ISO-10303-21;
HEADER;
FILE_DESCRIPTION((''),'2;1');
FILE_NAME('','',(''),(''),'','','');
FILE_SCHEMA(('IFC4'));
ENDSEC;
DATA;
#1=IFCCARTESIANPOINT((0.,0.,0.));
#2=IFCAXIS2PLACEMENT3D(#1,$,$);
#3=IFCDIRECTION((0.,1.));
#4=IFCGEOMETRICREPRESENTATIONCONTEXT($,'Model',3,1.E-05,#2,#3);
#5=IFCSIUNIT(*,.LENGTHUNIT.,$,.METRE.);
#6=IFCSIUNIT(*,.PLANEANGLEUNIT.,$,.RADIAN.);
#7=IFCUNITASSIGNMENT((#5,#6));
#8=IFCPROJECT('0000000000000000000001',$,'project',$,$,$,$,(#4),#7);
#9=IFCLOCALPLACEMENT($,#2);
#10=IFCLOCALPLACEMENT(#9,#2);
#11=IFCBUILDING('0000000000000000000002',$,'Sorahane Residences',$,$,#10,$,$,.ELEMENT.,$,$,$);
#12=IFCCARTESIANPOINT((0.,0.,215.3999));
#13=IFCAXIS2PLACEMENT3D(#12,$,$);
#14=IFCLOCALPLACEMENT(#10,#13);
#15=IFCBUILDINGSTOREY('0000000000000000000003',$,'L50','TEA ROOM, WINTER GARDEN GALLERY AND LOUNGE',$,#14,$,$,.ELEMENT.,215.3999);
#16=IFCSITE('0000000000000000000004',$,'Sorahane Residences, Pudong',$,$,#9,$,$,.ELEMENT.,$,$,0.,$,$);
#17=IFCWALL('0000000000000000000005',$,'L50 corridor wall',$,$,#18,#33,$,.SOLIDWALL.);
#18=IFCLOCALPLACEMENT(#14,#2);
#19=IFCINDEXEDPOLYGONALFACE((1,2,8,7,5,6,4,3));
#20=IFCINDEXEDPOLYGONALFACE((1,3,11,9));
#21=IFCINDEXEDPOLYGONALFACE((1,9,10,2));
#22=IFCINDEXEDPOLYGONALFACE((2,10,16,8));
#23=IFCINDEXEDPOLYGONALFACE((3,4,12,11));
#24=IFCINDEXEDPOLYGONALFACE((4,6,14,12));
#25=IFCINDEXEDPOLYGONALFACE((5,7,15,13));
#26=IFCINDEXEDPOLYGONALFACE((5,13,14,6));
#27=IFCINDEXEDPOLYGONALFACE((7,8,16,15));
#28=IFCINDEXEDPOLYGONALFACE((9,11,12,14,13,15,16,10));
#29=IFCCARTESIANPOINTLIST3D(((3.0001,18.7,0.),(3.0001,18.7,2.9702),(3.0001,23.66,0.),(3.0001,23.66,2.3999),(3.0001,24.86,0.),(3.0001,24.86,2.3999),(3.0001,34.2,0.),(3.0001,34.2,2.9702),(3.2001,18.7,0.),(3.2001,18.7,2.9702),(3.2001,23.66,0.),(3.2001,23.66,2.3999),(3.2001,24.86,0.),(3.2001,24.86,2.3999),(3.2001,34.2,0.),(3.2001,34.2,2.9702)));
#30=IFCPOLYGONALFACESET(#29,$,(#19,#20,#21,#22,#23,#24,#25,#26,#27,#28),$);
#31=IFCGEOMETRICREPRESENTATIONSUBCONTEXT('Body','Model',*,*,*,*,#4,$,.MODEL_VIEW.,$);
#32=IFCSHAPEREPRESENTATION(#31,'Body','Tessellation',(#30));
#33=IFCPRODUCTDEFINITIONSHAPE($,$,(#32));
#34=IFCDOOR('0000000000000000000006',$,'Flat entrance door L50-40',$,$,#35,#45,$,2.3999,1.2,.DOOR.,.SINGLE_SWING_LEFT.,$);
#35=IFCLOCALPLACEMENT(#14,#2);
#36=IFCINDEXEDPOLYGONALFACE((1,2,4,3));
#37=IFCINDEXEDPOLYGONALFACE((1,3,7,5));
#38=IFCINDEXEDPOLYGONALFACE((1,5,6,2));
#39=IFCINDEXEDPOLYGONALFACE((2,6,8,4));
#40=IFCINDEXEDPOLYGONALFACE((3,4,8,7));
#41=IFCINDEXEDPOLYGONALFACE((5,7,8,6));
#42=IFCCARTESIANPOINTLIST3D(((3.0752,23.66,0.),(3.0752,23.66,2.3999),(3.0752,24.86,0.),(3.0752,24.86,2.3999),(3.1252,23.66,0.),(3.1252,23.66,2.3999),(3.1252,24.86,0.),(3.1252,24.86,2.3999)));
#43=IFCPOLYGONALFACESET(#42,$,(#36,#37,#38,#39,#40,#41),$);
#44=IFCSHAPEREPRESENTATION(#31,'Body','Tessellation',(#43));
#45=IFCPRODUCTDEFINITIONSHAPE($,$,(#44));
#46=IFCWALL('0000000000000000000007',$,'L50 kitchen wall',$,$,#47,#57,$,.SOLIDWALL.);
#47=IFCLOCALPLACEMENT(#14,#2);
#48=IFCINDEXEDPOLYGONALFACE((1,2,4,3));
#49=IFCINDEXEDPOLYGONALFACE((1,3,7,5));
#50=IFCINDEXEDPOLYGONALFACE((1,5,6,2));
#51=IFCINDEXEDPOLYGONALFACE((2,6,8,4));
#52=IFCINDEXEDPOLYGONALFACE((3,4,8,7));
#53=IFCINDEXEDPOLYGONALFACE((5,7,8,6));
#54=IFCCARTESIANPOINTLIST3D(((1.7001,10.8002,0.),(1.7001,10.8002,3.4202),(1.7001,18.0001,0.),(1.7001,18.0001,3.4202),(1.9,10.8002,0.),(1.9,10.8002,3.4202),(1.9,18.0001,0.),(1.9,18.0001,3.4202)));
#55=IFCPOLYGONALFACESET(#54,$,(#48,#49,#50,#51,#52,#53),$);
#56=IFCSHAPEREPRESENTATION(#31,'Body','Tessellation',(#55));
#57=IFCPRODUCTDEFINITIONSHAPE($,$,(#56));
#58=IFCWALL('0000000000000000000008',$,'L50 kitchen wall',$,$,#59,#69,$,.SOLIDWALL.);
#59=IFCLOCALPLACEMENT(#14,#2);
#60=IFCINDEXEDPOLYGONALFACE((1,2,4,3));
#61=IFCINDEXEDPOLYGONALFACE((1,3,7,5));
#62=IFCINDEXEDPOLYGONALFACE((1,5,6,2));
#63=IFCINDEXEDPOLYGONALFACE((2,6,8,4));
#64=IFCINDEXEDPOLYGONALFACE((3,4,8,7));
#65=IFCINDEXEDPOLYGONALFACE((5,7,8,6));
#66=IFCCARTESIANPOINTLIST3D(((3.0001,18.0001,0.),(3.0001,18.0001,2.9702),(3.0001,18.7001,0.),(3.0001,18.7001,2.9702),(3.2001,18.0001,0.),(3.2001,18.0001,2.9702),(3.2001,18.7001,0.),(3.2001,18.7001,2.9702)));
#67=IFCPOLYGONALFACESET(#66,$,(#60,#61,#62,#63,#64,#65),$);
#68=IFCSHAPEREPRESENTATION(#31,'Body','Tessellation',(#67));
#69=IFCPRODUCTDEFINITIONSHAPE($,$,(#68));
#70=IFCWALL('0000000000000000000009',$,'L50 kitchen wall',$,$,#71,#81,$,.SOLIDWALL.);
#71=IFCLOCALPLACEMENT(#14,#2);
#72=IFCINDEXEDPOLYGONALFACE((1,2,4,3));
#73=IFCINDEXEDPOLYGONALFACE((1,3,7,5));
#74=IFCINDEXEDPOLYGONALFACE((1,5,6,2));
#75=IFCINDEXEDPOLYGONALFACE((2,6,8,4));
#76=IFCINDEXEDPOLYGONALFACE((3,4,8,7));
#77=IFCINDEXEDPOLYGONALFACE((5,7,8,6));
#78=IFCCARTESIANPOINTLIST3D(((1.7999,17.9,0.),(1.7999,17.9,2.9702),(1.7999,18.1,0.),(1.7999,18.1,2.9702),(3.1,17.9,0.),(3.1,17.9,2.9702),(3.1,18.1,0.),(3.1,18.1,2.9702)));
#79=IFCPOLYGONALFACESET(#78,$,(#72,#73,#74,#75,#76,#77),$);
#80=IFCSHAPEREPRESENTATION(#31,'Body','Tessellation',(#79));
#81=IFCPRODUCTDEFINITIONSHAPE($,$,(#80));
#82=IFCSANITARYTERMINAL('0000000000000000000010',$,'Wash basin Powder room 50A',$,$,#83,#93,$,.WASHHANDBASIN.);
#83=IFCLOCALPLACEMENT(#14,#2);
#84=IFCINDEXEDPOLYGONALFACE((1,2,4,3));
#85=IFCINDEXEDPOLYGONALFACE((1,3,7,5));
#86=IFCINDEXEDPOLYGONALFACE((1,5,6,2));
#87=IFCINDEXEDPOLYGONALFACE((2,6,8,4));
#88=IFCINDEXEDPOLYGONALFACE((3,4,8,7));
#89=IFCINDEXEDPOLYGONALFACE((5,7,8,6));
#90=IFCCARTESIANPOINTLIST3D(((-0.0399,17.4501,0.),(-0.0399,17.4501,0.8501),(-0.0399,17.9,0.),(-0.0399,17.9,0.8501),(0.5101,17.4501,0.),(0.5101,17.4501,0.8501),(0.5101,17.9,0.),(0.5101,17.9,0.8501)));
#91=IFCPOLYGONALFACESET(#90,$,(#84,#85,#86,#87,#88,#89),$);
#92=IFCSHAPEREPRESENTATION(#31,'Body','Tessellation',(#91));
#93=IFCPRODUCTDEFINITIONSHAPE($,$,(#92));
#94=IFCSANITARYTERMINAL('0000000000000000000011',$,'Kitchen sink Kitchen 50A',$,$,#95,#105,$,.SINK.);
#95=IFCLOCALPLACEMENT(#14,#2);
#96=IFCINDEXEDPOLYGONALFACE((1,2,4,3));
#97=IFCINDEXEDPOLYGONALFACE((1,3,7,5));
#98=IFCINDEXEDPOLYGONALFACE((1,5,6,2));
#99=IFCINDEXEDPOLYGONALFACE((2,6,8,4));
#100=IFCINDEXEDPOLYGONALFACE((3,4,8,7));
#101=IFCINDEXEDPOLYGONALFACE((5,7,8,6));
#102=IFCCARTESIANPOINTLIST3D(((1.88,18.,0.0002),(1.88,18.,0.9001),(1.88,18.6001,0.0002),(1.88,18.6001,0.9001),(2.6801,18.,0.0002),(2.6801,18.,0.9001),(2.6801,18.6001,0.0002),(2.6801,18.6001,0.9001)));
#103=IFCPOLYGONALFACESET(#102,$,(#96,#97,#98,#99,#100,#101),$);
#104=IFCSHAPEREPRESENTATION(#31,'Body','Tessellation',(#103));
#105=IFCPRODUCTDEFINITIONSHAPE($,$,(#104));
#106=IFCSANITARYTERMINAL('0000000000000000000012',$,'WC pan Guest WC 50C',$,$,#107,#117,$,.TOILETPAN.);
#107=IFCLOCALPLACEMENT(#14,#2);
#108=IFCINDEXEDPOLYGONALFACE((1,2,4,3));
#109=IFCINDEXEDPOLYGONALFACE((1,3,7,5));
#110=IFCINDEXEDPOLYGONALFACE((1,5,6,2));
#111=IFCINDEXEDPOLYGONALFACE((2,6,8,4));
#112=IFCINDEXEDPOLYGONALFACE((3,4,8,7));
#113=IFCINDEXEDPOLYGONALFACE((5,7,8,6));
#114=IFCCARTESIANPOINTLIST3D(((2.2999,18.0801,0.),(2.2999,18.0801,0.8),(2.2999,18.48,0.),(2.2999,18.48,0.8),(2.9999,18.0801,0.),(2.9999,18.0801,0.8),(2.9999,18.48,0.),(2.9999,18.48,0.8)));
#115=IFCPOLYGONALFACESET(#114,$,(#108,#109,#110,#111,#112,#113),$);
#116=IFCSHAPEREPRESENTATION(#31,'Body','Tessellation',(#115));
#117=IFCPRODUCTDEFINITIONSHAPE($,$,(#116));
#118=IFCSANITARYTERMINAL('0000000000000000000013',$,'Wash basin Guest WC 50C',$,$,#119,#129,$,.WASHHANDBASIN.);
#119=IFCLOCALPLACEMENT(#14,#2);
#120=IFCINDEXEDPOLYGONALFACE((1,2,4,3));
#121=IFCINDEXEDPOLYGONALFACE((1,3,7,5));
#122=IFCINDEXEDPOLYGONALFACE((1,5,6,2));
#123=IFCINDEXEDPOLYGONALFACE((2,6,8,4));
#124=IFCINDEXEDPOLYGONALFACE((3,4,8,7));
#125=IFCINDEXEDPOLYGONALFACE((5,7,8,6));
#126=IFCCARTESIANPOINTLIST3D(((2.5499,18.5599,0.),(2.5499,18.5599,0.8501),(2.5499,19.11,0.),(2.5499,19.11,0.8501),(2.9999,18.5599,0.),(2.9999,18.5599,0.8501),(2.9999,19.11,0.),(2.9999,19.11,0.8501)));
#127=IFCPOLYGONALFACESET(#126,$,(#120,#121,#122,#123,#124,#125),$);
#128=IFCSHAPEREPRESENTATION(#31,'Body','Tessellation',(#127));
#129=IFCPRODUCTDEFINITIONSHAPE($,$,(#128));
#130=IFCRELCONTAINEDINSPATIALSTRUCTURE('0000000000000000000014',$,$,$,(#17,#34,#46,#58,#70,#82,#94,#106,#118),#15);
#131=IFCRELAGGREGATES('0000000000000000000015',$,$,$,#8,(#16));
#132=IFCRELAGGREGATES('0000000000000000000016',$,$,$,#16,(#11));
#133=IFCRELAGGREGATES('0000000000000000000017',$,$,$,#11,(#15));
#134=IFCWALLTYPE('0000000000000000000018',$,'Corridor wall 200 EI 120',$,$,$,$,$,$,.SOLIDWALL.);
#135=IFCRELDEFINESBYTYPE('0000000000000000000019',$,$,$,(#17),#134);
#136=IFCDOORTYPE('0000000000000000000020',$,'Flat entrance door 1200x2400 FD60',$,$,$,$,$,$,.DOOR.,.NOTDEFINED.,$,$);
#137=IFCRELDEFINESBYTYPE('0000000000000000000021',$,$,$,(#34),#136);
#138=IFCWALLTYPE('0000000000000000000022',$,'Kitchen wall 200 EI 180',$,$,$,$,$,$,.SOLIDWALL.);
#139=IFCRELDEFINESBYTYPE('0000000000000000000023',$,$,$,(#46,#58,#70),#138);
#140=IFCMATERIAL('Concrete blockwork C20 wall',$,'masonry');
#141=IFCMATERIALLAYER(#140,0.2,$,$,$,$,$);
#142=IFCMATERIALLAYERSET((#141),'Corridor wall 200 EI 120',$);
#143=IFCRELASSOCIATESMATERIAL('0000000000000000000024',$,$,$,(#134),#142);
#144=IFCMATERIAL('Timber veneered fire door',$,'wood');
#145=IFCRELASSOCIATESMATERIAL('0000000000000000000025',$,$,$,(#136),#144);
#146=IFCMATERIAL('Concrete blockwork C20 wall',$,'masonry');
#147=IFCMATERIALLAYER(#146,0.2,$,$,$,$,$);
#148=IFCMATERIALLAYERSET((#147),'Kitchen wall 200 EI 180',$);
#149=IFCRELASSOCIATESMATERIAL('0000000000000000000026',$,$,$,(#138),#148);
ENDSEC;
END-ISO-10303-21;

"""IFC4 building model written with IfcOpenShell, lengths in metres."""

from ifc_helpers import new_model, si_unit, direction, frame, frame_2d, origin, origin_2d, place, context, subcontext, project, spatial, rectangle, extrude, material, layer, layer_set, type_object, element, fill, save


model = new_model("IFC4")

# Units and contexts
model_context = context("Model", 3, precision=1e-05, world=origin(), true_north=direction((0.0, 1.0)))
body_context = subcontext(model_context, "Body", "Model", "MODEL_VIEW")
ifc_project = project(units=[si_unit("LENGTHUNIT", "METRE"), si_unit("PLANEANGLEUNIT", "RADIAN")], contexts=[model_context])

# Site, building, storey
site_placement = place(None, origin())
site = spatial("IfcSite", under=ifc_project, at=site_placement, Name="Sorahane Residences, Pudong", CompositionType="ELEMENT", RefElevation=0.0)
building_placement = place(site_placement, origin())
building = spatial("IfcBuilding", under=site, at=building_placement, Name="Sorahane Residences", CompositionType="ELEMENT")
storey_placement = place(building_placement, frame((0.0, 0.0, 215.3999)))
storey = spatial("IfcBuildingStorey", under=building, at=storey_placement, Name="L50", Description="TEA ROOM, WINTER GARDEN GALLERY AND LOUNGE", CompositionType="ELEMENT", Elevation=215.3999)

# Wall, opening, door
ifc_material_1 = material(Name="Concrete blockwork C20 wall", Category="masonry")
ifc_layer_1 = layer(ifc_material_1, 0.2)
ifc_layer_set_1 = layer_set([ifc_layer_1], Name="Corridor wall 200 EI 120")
wall_type_1 = type_object("IfcWallType", Name="Corridor wall 200 EI 120", PredefinedType="SOLIDWALL", material=ifc_layer_set_1)
wall_1_placement = place(storey_placement, frame((3.1001, 18.7, 0.0), z_axis=(0.0, 0.0, 1.0), x_axis=(0.0, 1.0, 0.0)))
wall_1 = element("IfcWall", 1, at=wall_1_placement, inside=storey, type_object=wall_type_1, Name="L50 corridor wall", PredefinedType="SOLIDWALL", context=body_context, shape_type="SweptSolid", body=[
    extrude(rectangle(XDim=15.5, YDim=0.2, at=frame_2d((7.75, 0.0))), origin(), (0.0, 0.0, 1.0), 2.9702),
])
opening_1_placement = place(wall_1_placement, frame((4.96, 0.0, 0.0)))
opening_1 = element("IfcOpeningElement", 2, at=opening_1_placement, cuts=wall_1, PredefinedType="OPENING", context=body_context, shape_type="SweptSolid", body=[
    extrude(rectangle(XDim=1.2, YDim=2.3999, at=frame_2d((0.6001, 1.2))), frame((0.0, 0.1099, 0.0), z_axis=(0.0, -1.0, 0.0), x_axis=(1.0, 0.0, 0.0)), (0.0, 0.0, 1.0), 0.22),
])
ifc_material_2 = material(Name="Timber veneered fire door", Category="wood")
door_type_1 = type_object("IfcDoorType", Name="Flat entrance door 1200x2400 FD60", OperationType="NOTDEFINED", PredefinedType="DOOR", material=ifc_material_2)
door_1_placement = place(opening_1_placement, origin())
door_1 = element("IfcDoor", 3, at=door_1_placement, inside=storey, type_object=door_type_1, Name="Flat entrance door L50-40", OperationType="SINGLE_SWING_LEFT", OverallHeight=2.3999, OverallWidth=1.2, PredefinedType="DOOR", context=body_context, shape_type="SweptSolid", body=[
    extrude(rectangle(XDim=1.2, YDim=2.3999, at=frame_2d((0.6001, 1.2))), frame((0.0, 0.0249, 0.0), z_axis=(0.0, -1.0, 0.0), x_axis=(1.0, 0.0, 0.0)), (0.0, 0.0, 1.0), 0.05),
])
fill(opening_1, door_1)

# Walls
ifc_material_3 = material(Name="Concrete blockwork C20 wall", Category="masonry")
ifc_layer_2 = layer(ifc_material_3, 0.2)
ifc_layer_set_2 = layer_set([ifc_layer_2], Name="Kitchen wall 200 EI 180")
wall_type_2 = type_object("IfcWallType", Name="Kitchen wall 200 EI 180", PredefinedType="SOLIDWALL", material=ifc_layer_set_2)
wall_2_placement = place(storey_placement, frame((1.8, 10.8, 0.0), z_axis=(0.0, 0.0, 1.0), x_axis=(0.0, 1.0, 0.0)))
element("IfcWall", 4, at=wall_2_placement, inside=storey, type_object=wall_type_2, Name="L50 kitchen wall", PredefinedType="SOLIDWALL", context=body_context, shape_type="SweptSolid", body=[
    extrude(rectangle(XDim=7.2, YDim=0.2, at=frame_2d((3.6001, 0.0))), origin(), (0.0, 0.0, 1.0), 3.4202),
])
wall_3_placement = place(storey_placement, frame((3.1001, 18.0, 0.0), z_axis=(0.0, 0.0, 1.0), x_axis=(0.0, 1.0, 0.0)))
element("IfcWall", 5, at=wall_3_placement, inside=storey, type_object=wall_type_2, Name="L50 kitchen wall", PredefinedType="SOLIDWALL", context=body_context, shape_type="SweptSolid", body=[
    extrude(rectangle(XDim=0.7, YDim=0.2, at=frame_2d((0.3501, 0.0))), origin(), (0.0, 0.0, 1.0), 2.9702),
])

# Wall
wall_4_placement = place(storey_placement, frame((1.8, 18.0, 0.0), z_axis=(0.0, 0.0, 1.0), x_axis=(1.0, 0.0, 0.0)))
element("IfcWall", 6, at=wall_4_placement, inside=storey, type_object=wall_type_2, Name="L50 kitchen wall", PredefinedType="SOLIDWALL", context=body_context, shape_type="SweptSolid", body=[
    extrude(rectangle(XDim=1.3, YDim=0.2, at=frame_2d((0.6499, 0.0))), origin(), (0.0, 0.0, 1.0), 2.9702),
])

# Sanitary terminals
sanitary_terminal_1_placement = place(storey_placement, frame((0.2351, 17.675, 0.0), z_axis=(0.0, 0.0, 1.0), x_axis=(1.0, 0.0, 0.0)))
element("IfcSanitaryTerminal", 7, at=sanitary_terminal_1_placement, inside=storey, Name="Wash basin Powder room 50A", PredefinedType="WASHHANDBASIN", context=body_context, shape_type="SweptSolid", body=[
    extrude(rectangle(XDim=0.55, YDim=0.45, at=origin_2d()), origin(), (0.0, 0.0, 1.0), 0.8501),
])
sanitary_terminal_2_placement = place(storey_placement, frame((2.28, 18.3, 0.0002), z_axis=(0.0, 0.0, 1.0), x_axis=(1.0, 0.0, 0.0)))
element("IfcSanitaryTerminal", 8, at=sanitary_terminal_2_placement, inside=storey, Name="Kitchen sink Kitchen 50A", PredefinedType="SINK", context=body_context, shape_type="SweptSolid", body=[
    extrude(rectangle(XDim=0.8, YDim=0.6001, at=origin_2d()), origin(), (0.0, 0.0, 1.0), 0.8999),
])
sanitary_terminal_3_placement = place(storey_placement, frame((2.6499, 18.28, 0.0), z_axis=(0.0, 0.0, 1.0), x_axis=(0.0, -1.0, 0.0)))
element("IfcSanitaryTerminal", 9, at=sanitary_terminal_3_placement, inside=storey, Name="WC pan Guest WC 50C", PredefinedType="TOILETPAN", context=body_context, shape_type="SweptSolid", body=[
    extrude(rectangle(XDim=0.3999, YDim=0.7, at=origin_2d()), origin(), (0.0, 0.0, 1.0), 0.8),
])
sanitary_terminal_4_placement = place(storey_placement, frame((2.7749, 18.835, 0.0), z_axis=(0.0, 0.0, 1.0), x_axis=(0.0, -1.0, 0.0)))
element("IfcSanitaryTerminal", 10, at=sanitary_terminal_4_placement, inside=storey, Name="Wash basin Guest WC 50C", PredefinedType="WASHHANDBASIN", context=body_context, shape_type="SweptSolid", body=[
    extrude(rectangle(XDim=0.55, YDim=0.45, at=origin_2d()), origin(), (0.0, 0.0, 1.0), 0.8501),
])

save(model, "model.ifc")
